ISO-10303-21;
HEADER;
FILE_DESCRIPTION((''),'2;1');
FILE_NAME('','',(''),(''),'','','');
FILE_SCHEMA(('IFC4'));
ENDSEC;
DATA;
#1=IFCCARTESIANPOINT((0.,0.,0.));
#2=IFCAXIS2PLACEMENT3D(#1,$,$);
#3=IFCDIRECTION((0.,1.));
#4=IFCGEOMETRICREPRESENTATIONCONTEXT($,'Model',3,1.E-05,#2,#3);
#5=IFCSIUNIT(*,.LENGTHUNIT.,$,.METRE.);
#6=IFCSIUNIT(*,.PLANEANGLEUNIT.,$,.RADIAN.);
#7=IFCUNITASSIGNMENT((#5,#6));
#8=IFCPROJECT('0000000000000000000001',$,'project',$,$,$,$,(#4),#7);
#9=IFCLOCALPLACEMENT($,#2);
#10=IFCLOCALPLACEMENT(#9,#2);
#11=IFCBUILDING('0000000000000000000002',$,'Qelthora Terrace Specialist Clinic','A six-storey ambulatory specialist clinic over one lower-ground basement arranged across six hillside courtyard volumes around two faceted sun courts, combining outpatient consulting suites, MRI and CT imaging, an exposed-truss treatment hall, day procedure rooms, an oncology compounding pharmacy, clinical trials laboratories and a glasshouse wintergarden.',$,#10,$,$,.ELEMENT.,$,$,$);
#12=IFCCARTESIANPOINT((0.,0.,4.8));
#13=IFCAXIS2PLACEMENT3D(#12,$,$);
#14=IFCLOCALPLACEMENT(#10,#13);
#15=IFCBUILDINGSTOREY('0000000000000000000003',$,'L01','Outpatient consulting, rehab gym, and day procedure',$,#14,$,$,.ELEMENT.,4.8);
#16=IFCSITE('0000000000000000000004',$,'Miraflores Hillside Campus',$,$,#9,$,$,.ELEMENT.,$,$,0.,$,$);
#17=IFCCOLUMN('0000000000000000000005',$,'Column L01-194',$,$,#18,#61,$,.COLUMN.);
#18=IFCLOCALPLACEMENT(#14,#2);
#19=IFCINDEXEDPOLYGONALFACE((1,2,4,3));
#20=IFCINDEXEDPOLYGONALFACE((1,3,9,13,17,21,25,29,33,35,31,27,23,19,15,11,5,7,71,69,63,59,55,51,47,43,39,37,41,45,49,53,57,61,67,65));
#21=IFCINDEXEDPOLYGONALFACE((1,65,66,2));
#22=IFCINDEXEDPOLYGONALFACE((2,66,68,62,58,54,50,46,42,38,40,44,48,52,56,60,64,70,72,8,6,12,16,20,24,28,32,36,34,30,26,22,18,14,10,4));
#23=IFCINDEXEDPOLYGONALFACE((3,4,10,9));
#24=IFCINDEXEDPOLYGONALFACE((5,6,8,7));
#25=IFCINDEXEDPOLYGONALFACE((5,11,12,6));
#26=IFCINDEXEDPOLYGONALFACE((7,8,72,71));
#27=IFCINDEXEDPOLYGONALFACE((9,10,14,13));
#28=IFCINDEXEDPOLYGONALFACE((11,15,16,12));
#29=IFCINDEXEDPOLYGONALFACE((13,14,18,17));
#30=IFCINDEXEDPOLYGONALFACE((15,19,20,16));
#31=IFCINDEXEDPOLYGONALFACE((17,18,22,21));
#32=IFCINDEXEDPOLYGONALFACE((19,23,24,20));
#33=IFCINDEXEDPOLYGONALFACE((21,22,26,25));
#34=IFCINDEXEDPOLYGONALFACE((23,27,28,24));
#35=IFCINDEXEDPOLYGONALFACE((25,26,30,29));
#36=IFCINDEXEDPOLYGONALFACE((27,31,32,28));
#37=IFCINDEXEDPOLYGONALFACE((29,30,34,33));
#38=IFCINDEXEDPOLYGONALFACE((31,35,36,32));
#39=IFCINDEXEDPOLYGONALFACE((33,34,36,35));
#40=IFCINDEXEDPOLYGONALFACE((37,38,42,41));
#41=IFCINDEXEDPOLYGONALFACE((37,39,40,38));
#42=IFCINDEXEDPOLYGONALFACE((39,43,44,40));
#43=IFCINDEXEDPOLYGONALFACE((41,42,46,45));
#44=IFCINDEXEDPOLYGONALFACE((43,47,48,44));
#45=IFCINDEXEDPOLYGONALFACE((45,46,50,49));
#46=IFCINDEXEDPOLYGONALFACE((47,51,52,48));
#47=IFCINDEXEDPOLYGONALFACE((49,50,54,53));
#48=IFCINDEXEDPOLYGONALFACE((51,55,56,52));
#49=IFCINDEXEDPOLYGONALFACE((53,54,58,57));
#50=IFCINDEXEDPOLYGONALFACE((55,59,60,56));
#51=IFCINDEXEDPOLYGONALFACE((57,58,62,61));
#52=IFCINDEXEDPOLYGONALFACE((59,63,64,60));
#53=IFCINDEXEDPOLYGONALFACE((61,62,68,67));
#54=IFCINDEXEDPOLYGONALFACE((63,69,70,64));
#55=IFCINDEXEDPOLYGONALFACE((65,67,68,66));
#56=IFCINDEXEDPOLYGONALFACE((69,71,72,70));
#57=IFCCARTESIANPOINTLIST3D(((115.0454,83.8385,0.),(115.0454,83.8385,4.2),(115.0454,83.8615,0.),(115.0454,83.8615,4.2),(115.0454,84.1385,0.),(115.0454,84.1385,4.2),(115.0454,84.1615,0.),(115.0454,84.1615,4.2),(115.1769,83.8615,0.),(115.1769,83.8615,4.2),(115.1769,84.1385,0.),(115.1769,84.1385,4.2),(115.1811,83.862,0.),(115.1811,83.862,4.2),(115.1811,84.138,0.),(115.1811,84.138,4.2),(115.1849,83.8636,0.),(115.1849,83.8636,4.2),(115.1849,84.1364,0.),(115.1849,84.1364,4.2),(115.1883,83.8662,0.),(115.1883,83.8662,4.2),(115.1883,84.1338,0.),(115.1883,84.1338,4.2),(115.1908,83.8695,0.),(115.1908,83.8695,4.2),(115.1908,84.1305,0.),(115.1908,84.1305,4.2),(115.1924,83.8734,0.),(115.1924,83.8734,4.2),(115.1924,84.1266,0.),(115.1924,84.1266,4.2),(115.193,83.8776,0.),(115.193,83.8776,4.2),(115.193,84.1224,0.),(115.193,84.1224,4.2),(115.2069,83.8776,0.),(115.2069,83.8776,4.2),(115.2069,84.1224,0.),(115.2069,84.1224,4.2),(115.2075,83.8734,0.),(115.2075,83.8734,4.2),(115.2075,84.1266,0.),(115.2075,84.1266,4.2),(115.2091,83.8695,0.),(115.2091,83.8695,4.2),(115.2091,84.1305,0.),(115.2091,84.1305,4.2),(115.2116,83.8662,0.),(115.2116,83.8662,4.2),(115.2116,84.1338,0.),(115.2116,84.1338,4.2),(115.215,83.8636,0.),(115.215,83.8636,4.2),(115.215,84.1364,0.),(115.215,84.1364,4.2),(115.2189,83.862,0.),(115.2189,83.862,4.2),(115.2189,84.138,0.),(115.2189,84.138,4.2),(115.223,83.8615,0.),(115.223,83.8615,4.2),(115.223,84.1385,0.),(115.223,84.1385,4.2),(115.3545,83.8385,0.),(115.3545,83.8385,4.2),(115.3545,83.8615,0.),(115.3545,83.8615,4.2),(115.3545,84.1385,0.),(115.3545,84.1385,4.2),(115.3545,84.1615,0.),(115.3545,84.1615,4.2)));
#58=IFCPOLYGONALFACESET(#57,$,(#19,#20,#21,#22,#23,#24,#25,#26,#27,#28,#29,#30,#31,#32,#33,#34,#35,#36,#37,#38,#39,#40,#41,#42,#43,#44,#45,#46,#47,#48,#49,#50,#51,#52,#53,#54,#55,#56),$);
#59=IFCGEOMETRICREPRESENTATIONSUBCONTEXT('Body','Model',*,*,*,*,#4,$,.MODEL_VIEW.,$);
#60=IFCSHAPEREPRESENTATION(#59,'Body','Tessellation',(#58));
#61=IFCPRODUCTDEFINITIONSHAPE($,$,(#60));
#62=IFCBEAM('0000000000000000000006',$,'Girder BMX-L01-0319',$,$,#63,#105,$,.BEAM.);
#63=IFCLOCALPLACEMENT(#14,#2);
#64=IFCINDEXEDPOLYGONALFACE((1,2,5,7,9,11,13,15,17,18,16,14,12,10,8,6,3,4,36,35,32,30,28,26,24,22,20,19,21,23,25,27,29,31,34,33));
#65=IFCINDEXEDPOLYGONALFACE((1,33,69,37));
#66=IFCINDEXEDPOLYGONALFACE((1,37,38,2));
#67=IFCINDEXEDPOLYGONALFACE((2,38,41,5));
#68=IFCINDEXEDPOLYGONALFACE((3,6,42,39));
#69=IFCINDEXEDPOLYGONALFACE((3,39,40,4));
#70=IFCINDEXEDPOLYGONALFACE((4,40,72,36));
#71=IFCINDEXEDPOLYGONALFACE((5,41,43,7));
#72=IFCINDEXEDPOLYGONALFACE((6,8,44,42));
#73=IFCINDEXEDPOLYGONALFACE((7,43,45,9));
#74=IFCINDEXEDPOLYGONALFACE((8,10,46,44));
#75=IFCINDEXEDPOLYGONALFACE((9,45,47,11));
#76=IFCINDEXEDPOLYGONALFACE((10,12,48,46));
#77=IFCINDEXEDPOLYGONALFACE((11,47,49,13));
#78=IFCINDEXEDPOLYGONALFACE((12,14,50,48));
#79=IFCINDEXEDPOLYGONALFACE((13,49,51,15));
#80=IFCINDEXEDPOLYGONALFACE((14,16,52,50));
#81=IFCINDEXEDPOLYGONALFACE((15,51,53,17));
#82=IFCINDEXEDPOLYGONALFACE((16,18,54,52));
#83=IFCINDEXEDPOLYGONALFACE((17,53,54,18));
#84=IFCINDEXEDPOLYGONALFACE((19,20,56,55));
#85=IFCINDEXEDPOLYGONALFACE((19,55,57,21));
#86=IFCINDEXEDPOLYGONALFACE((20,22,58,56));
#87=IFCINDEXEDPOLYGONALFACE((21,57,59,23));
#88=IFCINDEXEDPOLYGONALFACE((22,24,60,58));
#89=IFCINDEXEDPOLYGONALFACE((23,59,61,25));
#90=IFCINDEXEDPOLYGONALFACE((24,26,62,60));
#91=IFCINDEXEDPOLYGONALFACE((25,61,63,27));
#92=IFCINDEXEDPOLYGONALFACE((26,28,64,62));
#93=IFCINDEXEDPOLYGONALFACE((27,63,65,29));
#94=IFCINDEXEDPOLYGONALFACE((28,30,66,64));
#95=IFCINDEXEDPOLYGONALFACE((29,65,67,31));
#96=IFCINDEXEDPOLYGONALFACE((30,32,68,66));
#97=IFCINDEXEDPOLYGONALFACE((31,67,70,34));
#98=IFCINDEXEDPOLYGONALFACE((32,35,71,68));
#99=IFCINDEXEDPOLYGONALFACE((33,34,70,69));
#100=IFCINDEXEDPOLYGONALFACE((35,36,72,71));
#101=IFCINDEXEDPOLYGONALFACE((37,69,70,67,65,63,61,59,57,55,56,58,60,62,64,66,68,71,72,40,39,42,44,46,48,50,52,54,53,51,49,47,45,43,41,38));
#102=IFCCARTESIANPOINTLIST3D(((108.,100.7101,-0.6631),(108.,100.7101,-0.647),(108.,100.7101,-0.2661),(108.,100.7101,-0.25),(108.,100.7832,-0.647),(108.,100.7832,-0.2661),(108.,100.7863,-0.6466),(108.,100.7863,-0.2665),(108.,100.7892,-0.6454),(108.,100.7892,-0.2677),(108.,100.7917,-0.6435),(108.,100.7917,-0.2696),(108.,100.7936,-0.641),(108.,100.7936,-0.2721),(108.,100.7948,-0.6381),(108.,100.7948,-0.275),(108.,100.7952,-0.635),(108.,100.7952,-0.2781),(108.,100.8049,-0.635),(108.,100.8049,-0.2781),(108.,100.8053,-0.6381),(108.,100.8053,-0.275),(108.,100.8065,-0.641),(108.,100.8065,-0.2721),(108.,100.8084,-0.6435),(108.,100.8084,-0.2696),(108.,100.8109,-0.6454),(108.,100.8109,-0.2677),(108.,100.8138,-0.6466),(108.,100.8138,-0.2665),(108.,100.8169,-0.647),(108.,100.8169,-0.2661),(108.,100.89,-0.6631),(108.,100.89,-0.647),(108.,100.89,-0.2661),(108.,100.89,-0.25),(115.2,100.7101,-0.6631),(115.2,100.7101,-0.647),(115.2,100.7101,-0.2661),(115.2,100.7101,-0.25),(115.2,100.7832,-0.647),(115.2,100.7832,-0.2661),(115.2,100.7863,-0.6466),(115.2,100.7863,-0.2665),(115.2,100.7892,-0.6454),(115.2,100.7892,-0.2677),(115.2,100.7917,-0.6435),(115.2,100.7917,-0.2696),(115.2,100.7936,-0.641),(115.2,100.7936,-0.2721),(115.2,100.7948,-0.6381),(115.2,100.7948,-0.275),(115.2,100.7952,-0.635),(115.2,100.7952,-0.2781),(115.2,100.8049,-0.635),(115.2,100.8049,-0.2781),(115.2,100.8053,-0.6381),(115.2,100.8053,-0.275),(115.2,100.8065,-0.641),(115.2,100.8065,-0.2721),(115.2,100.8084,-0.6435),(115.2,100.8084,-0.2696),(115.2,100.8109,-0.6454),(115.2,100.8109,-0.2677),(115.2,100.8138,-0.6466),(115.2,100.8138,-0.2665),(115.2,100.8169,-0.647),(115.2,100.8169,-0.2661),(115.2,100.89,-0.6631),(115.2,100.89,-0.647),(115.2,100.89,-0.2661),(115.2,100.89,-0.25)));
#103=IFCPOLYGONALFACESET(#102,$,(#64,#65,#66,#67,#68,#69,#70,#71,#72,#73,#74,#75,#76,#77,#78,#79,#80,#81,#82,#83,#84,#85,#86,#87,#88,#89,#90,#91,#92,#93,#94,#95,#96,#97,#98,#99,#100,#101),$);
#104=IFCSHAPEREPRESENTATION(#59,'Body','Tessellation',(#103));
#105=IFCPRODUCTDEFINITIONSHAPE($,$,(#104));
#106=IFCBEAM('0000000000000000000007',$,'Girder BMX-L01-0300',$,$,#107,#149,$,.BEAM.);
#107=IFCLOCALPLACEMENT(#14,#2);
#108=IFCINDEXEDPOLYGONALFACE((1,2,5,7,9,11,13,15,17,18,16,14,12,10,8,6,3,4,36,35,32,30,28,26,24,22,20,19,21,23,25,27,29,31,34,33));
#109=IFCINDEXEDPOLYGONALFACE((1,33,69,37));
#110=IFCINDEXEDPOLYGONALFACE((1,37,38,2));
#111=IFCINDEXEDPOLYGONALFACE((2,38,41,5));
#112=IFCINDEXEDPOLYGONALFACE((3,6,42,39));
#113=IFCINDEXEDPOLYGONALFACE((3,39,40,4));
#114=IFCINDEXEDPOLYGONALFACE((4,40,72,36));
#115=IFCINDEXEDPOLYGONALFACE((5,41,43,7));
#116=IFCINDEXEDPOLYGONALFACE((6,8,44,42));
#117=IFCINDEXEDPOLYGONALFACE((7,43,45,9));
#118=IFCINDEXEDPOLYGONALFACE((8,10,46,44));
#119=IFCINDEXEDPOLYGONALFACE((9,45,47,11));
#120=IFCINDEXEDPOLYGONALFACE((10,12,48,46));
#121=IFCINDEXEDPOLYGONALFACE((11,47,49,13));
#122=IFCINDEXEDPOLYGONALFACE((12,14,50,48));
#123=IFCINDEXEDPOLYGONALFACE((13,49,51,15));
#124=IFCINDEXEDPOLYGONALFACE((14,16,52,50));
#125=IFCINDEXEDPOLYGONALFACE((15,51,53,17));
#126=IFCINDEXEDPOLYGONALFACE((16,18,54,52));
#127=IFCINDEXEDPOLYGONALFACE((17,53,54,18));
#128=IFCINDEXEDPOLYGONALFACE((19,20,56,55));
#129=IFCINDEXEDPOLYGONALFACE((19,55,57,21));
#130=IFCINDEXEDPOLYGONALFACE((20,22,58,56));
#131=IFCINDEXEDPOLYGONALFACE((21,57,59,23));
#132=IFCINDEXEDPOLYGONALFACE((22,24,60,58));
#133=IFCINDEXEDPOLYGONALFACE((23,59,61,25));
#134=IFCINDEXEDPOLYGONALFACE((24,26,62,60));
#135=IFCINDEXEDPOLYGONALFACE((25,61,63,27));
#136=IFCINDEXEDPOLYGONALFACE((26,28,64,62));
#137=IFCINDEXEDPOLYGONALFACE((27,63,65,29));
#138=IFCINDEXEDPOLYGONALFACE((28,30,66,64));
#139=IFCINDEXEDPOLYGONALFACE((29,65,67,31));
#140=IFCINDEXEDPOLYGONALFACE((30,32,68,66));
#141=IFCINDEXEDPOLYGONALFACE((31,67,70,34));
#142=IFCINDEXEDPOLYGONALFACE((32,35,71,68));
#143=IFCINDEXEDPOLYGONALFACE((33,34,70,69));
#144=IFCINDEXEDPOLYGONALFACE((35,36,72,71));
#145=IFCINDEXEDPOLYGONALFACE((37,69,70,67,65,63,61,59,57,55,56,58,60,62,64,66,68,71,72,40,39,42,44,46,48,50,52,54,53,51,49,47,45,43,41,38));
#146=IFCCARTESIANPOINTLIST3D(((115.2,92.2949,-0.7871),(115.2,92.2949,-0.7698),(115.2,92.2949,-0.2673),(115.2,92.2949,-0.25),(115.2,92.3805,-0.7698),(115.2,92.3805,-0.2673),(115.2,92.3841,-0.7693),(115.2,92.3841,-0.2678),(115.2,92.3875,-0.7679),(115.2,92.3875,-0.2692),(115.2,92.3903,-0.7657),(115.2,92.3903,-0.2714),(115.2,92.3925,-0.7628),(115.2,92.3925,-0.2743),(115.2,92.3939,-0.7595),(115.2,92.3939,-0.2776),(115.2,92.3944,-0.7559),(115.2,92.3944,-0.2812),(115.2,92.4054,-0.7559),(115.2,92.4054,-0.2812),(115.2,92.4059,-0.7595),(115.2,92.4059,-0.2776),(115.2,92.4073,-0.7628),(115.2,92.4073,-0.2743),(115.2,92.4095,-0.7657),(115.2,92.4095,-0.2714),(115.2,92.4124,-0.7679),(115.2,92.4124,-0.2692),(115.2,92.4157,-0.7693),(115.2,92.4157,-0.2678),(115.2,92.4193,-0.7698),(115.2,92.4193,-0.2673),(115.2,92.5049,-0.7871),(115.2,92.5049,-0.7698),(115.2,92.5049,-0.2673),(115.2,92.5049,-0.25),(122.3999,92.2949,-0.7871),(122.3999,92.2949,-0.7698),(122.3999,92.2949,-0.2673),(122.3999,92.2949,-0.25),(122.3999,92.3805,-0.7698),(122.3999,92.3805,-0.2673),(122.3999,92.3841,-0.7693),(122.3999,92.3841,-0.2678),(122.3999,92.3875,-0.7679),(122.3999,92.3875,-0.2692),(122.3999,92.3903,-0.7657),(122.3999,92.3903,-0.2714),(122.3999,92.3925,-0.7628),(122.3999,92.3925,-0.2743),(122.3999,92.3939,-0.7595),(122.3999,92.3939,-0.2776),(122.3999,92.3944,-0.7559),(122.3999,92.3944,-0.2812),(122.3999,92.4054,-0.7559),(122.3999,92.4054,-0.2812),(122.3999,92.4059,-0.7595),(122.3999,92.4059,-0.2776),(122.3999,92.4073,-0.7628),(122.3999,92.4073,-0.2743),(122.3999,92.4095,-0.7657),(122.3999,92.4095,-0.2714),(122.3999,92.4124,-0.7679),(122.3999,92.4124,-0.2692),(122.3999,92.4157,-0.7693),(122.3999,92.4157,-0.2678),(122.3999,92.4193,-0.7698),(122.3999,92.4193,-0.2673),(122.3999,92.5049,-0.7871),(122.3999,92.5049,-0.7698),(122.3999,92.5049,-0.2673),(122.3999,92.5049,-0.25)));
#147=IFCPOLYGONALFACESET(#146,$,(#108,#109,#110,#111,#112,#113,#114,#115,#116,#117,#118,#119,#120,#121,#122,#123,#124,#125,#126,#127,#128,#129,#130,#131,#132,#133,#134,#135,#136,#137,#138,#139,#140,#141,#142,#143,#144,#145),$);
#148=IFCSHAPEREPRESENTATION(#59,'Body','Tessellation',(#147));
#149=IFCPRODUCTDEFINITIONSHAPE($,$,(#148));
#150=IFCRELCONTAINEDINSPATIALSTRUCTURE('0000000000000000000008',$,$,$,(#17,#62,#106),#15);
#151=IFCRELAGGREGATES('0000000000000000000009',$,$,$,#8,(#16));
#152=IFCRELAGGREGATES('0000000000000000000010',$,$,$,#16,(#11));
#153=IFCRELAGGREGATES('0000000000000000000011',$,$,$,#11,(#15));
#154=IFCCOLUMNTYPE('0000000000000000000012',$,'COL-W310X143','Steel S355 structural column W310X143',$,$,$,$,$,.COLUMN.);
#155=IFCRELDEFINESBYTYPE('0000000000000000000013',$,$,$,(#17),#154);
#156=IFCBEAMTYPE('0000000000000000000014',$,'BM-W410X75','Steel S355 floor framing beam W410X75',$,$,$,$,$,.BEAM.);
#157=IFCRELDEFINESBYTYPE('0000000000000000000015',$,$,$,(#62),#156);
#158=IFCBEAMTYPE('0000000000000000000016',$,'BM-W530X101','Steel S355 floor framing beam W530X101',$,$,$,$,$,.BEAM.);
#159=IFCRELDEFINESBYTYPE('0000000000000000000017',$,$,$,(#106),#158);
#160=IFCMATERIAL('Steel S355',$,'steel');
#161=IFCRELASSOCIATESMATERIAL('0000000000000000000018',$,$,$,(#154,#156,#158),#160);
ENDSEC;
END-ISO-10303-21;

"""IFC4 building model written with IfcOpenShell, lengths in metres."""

from ifc_helpers import new_model, si_unit, direction, frame, origin, origin_2d, place, context, subcontext, project, spatial, i_section, extrude, material, material_profile, profile_set, type_object, element, save


model = new_model("IFC4")

# Units and contexts
model_context = context("Model", 3, precision=1e-05, world=origin(), true_north=direction((0.0, 1.0)))
body_context = subcontext(model_context, "Body", "Model", "MODEL_VIEW")
ifc_project = project(units=[si_unit("LENGTHUNIT", "METRE"), si_unit("PLANEANGLEUNIT", "RADIAN")], contexts=[model_context])

# Site, building, storey
site_placement = place(None, origin())
site = spatial("IfcSite", under=ifc_project, at=site_placement, Name="Miraflores Hillside Campus", CompositionType="ELEMENT", RefElevation=0.0)
building_placement = place(site_placement, origin())
building = spatial("IfcBuilding", under=site, at=building_placement, Name="Qelthora Terrace Specialist Clinic", Description="A six-storey ambulatory specialist clinic over one lower-ground basement arranged across six hillside courtyard volumes around two faceted sun courts, combining outpatient consulting suites, MRI and CT imaging, an exposed-truss treatment hall, day procedure rooms, an oncology compounding pharmacy, clinical trials laboratories and a glasshouse wintergarden.", CompositionType="ELEMENT")
storey_placement = place(building_placement, frame((0.0, 0.0, 4.8)))
storey = spatial("IfcBuildingStorey", under=building, at=storey_placement, Name="L01", Description="Outpatient consulting, rehab gym, and day procedure", CompositionType="ELEMENT", Elevation=4.8)

# Column
ifc_material_1 = material(Name="Steel S355", Category="steel")
ifc_material_profile_1 = material_profile(ifc_material_1, i_section(OverallWidth=0.3091, OverallDepth=0.323, WebThickness=0.0139, FlangeThickness=0.0229, FilletRadius=0.0161, at=origin_2d()), Name="W310X143")
ifc_profile_set_1 = profile_set([ifc_material_profile_1], Name="Steel S355")
column_type_1 = type_object("IfcColumnType", Name="COL-W310X143", Description="Steel S355 structural column W310X143", PredefinedType="COLUMN", material=ifc_profile_set_1)
for number, where, z_axis, x_axis, name in (
    (1, (115.2, 84.0, 0.0), (0.0, 0.0, 1.0), (1.0, 0.0, 0.0), "Column L01-194"),
):
    element("IfcColumn", number, at=place(storey_placement, frame(where, z_axis=z_axis, x_axis=x_axis)), inside=storey, type_object=column_type_1, Name=name, PredefinedType="COLUMN", context=body_context, shape_type="SweptSolid", body=[
        extrude(i_section(OverallWidth=0.3091, OverallDepth=0.323, WebThickness=0.0139, FlangeThickness=0.0229, FilletRadius=0.0161, at=origin_2d()), origin(), (0.0, 0.0, 1.0), 4.2),
    ])

# Beams
ifc_material_profile_2 = material_profile(ifc_material_1, i_section(OverallWidth=0.1799, OverallDepth=0.4131, WebThickness=0.0098, FlangeThickness=0.0161, FilletRadius=0.012, at=origin_2d()), Name="W410X75")
ifc_profile_set_2 = profile_set([ifc_material_profile_2], Name="Steel S355")
beam_type_1 = type_object("IfcBeamType", Name="BM-W410X75", Description="Steel S355 floor framing beam W410X75", PredefinedType="BEAM", material=ifc_profile_set_2)
beam_1_placement = place(storey_placement, frame((108.0, 100.8, -0.4565), z_axis=(1.0, 0.0, 0.0), x_axis=(0.0, 1.0, 0.0)))
element("IfcBeam", 2, at=beam_1_placement, inside=storey, type_object=beam_type_1, Name="Girder BMX-L01-0319", PredefinedType="BEAM", context=body_context, shape_type="SweptSolid", body=[
    extrude(i_section(OverallWidth=0.1799, OverallDepth=0.4131, WebThickness=0.0098, FlangeThickness=0.0161, FilletRadius=0.012, at=origin_2d()), origin(), (0.0, 0.0, 1.0), 7.2),
])
ifc_material_profile_3 = material_profile(ifc_material_1, i_section(OverallWidth=0.21, OverallDepth=0.5371, WebThickness=0.011, FlangeThickness=0.0173, FilletRadius=0.0139, at=origin_2d()), Name="W530X101")
ifc_profile_set_3 = profile_set([ifc_material_profile_3], Name="Steel S355")
beam_type_2 = type_object("IfcBeamType", Name="BM-W530X101", Description="Steel S355 floor framing beam W530X101", PredefinedType="BEAM", material=ifc_profile_set_3)
beam_2_placement = place(storey_placement, frame((115.2, 92.3999, -0.5186), z_axis=(1.0, 0.0, 0.0), x_axis=(0.0, 1.0, 0.0)))
element("IfcBeam", 3, at=beam_2_placement, inside=storey, type_object=beam_type_2, Name="Girder BMX-L01-0300", PredefinedType="BEAM", context=body_context, shape_type="SweptSolid", body=[
    extrude(i_section(OverallWidth=0.21, OverallDepth=0.5371, WebThickness=0.011, FlangeThickness=0.0173, FilletRadius=0.0139, at=origin_2d()), origin(), (0.0, 0.0, 1.0), 7.2),
])

save(model, "model.ifc")
